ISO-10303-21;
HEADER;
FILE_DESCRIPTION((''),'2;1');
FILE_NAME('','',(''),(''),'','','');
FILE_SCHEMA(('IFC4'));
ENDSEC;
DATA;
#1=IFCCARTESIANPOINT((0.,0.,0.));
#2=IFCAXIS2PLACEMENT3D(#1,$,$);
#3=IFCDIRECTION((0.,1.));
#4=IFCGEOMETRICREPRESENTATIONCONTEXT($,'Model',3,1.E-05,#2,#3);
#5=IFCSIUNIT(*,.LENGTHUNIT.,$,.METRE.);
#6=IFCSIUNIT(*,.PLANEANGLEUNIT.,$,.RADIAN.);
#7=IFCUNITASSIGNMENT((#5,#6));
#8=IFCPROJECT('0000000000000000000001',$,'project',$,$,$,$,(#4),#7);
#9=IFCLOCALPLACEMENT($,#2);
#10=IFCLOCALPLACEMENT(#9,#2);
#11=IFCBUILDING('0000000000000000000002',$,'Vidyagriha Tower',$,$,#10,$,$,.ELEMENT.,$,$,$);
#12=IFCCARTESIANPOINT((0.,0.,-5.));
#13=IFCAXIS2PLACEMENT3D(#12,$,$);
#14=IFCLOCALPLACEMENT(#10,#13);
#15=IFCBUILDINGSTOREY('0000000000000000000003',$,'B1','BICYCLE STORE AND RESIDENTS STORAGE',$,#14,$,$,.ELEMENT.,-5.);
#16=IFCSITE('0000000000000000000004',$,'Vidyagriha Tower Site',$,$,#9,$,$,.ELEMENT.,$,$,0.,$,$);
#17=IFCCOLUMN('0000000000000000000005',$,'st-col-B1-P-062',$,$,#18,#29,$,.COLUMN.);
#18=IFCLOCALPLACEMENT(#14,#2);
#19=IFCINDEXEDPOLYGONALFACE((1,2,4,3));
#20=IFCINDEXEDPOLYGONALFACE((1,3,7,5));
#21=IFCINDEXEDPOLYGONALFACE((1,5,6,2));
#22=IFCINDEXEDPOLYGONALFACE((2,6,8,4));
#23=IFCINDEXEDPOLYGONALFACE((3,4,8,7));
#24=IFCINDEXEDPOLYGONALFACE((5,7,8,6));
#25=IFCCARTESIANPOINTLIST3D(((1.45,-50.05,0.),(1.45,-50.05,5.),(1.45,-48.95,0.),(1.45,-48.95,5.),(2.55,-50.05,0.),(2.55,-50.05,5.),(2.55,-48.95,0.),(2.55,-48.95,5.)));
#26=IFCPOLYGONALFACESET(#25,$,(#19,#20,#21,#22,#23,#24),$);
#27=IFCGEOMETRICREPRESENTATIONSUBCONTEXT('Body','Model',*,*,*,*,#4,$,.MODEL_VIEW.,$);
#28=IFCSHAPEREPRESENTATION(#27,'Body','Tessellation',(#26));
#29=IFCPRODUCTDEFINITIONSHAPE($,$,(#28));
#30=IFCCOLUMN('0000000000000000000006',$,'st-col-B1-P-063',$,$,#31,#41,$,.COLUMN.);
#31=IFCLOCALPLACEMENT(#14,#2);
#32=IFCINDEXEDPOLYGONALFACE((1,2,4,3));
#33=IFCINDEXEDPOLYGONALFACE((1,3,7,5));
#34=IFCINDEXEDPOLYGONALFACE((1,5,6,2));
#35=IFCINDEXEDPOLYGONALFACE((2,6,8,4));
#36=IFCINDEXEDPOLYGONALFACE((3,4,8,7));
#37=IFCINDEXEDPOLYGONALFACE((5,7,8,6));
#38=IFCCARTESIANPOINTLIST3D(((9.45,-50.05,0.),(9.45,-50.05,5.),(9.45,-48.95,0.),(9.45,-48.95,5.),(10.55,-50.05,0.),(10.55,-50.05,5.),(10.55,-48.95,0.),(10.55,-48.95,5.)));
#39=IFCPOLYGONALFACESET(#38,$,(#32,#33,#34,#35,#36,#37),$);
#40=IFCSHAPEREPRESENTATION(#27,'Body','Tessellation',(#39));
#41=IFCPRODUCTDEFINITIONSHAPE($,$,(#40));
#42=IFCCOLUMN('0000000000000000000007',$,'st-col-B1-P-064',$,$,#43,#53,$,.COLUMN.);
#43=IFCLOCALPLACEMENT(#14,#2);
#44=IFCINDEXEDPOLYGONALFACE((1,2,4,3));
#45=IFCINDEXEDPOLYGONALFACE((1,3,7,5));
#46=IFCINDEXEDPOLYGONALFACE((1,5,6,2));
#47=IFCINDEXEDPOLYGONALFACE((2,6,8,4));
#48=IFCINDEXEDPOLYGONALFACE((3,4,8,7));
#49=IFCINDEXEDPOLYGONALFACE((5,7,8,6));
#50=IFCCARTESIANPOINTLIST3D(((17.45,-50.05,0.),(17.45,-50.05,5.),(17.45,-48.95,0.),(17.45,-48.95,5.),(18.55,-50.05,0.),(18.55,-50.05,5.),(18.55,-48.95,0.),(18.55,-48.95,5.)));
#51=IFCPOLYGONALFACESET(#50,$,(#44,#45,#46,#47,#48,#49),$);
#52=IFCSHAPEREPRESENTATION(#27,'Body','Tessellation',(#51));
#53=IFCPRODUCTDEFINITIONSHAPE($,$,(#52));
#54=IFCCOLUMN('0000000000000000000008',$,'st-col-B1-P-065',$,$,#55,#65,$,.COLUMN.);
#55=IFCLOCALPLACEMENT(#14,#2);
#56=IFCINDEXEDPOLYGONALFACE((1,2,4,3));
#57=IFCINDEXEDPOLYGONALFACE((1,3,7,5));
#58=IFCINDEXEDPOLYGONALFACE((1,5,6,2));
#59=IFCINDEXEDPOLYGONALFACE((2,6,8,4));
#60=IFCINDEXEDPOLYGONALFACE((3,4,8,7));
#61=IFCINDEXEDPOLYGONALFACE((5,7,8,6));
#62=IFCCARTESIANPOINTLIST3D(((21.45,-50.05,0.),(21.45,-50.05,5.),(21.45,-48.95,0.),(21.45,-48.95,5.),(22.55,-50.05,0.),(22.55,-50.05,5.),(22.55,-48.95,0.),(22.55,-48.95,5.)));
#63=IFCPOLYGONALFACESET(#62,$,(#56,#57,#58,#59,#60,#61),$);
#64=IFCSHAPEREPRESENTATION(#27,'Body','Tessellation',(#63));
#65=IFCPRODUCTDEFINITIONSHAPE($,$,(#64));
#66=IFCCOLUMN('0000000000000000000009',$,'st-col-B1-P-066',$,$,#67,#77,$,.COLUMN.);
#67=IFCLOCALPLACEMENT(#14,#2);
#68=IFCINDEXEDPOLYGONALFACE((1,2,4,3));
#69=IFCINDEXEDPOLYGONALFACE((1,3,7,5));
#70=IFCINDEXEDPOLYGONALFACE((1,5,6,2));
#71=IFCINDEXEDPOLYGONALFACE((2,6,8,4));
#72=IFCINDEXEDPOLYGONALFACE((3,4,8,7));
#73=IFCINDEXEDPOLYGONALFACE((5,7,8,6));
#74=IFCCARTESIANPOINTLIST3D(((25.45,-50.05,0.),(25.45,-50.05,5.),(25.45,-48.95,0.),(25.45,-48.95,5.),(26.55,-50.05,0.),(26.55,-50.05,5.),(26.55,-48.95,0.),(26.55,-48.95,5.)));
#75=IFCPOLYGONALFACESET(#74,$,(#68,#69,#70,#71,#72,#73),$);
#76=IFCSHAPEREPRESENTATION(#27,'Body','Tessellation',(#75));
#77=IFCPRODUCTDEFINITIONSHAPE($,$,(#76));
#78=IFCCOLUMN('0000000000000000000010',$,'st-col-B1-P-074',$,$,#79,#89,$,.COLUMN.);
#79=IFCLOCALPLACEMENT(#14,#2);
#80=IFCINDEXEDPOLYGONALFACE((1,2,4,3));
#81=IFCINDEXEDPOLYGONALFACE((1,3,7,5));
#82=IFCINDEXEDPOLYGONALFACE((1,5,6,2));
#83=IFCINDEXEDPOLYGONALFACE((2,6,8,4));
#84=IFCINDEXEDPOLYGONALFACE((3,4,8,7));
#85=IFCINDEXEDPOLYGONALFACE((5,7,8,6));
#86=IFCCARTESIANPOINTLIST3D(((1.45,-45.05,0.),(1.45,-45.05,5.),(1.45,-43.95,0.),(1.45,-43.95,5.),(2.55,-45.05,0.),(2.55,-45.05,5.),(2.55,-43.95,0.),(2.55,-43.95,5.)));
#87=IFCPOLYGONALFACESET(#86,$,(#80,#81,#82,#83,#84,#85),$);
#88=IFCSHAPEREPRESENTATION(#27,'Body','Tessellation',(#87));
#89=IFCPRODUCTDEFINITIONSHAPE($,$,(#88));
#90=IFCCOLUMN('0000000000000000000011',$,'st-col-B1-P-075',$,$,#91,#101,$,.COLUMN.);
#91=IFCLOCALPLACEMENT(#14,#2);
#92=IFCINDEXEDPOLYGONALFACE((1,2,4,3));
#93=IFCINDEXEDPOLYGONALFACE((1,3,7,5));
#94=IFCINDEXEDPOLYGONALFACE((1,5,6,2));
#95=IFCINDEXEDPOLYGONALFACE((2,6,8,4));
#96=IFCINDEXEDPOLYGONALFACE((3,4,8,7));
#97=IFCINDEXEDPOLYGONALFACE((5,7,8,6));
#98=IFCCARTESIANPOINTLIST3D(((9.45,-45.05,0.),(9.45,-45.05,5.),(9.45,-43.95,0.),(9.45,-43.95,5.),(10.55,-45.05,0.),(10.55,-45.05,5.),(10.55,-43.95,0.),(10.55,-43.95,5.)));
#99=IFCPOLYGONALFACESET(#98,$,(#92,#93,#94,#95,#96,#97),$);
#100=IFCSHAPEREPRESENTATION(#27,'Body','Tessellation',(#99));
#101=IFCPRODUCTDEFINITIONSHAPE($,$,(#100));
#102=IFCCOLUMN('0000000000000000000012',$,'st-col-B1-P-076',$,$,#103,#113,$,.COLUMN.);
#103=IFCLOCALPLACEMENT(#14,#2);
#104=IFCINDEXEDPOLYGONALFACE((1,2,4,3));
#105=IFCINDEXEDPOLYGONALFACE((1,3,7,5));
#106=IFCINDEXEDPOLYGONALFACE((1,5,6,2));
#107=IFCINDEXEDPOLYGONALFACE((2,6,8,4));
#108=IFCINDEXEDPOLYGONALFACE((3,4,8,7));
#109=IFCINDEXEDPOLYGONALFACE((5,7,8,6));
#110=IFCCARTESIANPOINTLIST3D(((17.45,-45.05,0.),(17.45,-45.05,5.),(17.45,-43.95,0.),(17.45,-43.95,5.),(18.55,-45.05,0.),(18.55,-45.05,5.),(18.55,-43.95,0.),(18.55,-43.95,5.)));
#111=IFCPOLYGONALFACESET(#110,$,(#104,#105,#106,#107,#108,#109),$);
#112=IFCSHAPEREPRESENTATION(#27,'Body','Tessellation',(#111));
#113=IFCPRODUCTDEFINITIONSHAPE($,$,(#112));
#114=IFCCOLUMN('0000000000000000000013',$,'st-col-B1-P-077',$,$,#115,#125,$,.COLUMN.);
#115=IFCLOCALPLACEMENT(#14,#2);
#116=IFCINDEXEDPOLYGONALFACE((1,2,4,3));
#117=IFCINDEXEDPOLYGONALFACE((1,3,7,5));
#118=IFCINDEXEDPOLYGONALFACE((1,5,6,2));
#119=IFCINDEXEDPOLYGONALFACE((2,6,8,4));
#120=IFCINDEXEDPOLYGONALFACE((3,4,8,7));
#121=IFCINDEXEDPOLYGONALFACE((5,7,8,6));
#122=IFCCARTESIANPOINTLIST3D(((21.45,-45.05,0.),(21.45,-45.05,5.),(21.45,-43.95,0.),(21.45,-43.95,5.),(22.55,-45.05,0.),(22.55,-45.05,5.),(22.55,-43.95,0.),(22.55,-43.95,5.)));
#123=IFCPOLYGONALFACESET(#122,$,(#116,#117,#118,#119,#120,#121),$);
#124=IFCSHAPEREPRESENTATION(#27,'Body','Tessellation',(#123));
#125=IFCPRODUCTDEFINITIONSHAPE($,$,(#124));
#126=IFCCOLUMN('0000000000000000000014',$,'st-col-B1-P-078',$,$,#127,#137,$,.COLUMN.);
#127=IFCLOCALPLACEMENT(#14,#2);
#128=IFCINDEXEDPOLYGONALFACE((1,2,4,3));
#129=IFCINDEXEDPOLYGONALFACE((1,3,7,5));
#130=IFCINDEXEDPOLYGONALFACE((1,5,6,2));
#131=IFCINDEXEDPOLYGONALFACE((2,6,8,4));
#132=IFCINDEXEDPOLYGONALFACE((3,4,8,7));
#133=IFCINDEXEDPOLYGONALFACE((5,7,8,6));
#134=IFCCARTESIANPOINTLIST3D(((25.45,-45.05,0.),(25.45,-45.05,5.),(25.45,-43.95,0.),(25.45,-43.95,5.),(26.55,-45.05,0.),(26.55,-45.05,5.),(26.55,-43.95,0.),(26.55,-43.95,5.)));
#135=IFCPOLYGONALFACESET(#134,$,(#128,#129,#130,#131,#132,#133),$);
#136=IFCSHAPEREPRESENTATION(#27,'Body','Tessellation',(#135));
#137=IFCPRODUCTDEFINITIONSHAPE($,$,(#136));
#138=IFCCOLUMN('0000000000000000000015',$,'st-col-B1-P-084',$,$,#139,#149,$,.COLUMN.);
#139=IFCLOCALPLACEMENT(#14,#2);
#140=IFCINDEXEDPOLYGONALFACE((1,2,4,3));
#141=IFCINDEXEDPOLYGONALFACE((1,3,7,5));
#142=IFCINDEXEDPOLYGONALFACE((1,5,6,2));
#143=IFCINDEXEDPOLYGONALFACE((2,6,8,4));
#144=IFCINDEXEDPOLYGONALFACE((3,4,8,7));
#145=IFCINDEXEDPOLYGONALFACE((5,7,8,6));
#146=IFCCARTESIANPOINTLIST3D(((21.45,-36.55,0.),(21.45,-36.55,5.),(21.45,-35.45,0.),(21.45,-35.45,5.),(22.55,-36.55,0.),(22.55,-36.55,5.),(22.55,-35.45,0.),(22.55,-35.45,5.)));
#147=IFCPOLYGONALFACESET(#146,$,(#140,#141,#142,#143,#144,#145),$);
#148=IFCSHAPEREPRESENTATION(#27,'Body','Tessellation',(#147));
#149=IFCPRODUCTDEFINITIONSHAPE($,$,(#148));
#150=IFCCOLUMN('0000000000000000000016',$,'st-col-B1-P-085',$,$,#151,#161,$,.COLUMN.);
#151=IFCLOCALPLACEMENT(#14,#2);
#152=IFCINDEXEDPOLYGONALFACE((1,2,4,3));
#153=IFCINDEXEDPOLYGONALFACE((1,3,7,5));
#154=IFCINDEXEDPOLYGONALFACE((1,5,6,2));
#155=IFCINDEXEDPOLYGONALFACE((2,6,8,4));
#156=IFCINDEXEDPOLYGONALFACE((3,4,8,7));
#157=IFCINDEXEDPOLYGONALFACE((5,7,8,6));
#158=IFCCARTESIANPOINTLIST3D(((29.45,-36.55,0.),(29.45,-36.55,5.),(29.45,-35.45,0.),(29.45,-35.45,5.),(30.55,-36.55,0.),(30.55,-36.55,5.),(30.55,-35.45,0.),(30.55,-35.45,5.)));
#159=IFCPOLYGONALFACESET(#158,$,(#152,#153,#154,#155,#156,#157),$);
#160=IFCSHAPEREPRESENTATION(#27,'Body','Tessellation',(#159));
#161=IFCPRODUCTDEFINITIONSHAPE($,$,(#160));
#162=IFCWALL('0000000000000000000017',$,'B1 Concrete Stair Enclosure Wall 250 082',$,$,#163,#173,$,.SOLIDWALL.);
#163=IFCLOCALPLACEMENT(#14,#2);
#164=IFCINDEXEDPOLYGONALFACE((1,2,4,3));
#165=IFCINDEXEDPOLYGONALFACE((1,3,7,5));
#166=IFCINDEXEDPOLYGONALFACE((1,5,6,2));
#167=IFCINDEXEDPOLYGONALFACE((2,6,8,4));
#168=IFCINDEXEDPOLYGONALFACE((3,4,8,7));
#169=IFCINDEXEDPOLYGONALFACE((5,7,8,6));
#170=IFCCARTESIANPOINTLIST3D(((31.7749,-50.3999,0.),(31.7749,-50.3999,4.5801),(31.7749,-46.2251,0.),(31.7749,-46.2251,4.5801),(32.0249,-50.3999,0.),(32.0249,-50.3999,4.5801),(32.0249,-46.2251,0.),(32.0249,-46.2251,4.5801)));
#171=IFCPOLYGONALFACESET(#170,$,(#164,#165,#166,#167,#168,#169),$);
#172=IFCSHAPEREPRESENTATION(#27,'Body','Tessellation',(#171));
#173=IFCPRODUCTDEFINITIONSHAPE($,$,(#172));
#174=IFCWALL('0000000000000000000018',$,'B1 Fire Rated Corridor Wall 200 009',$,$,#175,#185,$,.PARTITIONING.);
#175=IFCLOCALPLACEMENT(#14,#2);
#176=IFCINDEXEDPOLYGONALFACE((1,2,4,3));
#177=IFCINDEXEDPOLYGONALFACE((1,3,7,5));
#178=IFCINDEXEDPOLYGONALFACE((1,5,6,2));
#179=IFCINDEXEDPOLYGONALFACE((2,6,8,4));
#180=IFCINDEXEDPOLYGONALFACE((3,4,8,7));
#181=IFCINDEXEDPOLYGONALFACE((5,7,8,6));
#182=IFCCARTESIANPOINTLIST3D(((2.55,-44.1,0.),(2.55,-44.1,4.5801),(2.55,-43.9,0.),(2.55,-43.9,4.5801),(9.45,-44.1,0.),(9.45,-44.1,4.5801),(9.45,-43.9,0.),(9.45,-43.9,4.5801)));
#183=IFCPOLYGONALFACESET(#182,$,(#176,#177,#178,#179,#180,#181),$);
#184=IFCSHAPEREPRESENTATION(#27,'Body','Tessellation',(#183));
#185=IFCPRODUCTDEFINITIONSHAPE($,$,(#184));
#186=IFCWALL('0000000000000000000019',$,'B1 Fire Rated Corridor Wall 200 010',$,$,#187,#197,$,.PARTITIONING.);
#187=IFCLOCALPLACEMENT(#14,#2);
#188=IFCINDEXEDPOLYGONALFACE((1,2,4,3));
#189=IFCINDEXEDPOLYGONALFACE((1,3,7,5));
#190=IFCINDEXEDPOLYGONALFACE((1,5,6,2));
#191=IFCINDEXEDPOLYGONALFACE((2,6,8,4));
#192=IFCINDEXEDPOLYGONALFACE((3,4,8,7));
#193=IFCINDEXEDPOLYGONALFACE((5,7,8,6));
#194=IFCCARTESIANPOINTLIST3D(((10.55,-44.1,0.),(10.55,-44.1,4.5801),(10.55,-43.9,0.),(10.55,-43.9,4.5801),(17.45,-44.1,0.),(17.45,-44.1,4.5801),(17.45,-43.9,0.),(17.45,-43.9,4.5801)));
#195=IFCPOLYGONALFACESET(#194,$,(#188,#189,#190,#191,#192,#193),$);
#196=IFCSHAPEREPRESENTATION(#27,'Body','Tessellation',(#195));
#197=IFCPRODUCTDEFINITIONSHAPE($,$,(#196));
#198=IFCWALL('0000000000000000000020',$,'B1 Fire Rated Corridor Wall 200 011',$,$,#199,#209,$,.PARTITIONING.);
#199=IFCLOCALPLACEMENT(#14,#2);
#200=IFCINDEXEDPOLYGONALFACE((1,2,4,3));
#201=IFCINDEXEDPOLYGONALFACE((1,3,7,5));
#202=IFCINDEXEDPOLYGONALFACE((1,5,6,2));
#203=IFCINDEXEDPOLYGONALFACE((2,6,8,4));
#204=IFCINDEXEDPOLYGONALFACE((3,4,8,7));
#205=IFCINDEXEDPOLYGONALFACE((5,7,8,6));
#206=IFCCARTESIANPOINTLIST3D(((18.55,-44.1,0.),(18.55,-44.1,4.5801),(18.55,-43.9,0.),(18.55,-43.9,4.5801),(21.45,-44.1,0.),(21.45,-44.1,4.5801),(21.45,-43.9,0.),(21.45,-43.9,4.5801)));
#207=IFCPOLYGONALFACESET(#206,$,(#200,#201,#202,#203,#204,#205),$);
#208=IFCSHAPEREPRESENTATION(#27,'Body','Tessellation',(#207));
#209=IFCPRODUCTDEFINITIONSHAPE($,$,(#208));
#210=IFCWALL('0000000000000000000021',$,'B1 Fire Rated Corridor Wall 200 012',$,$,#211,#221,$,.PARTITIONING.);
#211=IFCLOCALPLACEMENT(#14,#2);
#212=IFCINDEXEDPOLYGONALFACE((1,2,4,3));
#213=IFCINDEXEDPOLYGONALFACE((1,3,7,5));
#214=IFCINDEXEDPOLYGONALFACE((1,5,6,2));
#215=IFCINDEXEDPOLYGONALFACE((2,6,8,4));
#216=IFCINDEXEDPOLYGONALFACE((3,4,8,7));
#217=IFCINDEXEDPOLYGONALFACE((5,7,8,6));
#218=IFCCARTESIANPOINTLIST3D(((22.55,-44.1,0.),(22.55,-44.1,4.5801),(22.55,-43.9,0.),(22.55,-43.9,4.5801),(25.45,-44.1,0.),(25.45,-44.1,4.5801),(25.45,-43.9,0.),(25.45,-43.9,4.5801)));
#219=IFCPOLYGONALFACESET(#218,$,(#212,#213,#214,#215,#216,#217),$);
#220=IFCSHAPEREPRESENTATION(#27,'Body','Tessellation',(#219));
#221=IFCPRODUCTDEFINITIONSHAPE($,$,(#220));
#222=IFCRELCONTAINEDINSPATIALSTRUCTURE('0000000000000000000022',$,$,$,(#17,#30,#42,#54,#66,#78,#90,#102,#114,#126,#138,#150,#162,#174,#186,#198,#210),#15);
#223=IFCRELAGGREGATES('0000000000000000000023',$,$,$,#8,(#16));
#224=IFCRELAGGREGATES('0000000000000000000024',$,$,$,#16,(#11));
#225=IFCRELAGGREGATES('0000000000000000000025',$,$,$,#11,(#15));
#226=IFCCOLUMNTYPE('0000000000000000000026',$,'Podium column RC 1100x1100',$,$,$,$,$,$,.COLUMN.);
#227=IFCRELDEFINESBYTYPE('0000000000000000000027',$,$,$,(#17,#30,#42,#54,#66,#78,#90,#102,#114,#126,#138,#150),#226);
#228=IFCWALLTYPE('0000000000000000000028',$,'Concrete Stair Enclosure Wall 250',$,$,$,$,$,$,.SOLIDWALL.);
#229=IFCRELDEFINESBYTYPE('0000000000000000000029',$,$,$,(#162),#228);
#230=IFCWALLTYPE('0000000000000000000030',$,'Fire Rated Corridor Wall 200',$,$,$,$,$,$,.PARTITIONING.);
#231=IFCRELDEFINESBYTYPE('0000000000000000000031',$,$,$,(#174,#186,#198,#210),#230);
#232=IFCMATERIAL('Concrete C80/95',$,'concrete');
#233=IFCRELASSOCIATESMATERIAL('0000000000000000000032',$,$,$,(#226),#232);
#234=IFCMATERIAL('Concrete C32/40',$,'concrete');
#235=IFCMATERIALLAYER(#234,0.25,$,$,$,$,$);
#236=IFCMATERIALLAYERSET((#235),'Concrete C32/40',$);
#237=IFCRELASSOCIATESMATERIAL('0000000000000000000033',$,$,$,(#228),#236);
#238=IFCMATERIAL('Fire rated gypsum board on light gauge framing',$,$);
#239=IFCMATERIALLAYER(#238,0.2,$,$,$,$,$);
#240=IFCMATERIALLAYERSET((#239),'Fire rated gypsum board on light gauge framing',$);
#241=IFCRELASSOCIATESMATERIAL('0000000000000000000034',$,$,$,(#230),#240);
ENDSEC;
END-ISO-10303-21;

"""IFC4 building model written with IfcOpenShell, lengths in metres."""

from ifc_helpers import new_model, si_unit, direction, frame, frame_2d, origin, origin_2d, place, context, subcontext, project, spatial, rectangle, extrude, material, layer, layer_set, material_profile, profile_set, type_object, element, save


model = new_model("IFC4")

# Units and contexts
model_context = context("Model", 3, precision=1e-05, world=origin(), true_north=direction((0.0, 1.0)))
body_context = subcontext(model_context, "Body", "Model", "MODEL_VIEW")
ifc_project = project(units=[si_unit("LENGTHUNIT", "METRE"), si_unit("PLANEANGLEUNIT", "RADIAN")], contexts=[model_context])

# Site, building, storey
site_placement = place(None, origin())
site = spatial("IfcSite", under=ifc_project, at=site_placement, Name="Vidyagriha Tower Site", CompositionType="ELEMENT", RefElevation=0.0)
building_placement = place(site_placement, origin())
building = spatial("IfcBuilding", under=site, at=building_placement, Name="Vidyagriha Tower", CompositionType="ELEMENT")
storey_placement = place(building_placement, frame((0.0, 0.0, -5.0)))
storey = spatial("IfcBuildingStorey", under=building, at=storey_placement, Name="B1", Description="BICYCLE STORE AND RESIDENTS STORAGE", CompositionType="ELEMENT", Elevation=-5.0)

# Columns
ifc_material_1 = material(Name="Concrete C80/95", Category="concrete")
ifc_material_profile = material_profile(ifc_material_1, rectangle(XDim=1.1001, YDim=1.1001, at=origin_2d()), Name="RC 1100x1100")
ifc_profile_set = profile_set([ifc_material_profile], Name="Concrete C80/95")
column_type = type_object("IfcColumnType", Name="Podium column RC 1100x1100", PredefinedType="COLUMN", material=ifc_profile_set)
for number, where, name in (
    (1, (2.0, -49.5, 0.0), "st-col-B1-P-062"),
    (2, (10.0, -49.5, 0.0), "st-col-B1-P-063"),
    (3, (18.0, -49.5, 0.0), "st-col-B1-P-064"),
    (4, (22.0, -49.5, 0.0), "st-col-B1-P-065"),
    (5, (26.0, -49.5, 0.0), "st-col-B1-P-066"),
    (6, (2.0, -44.5, 0.0), "st-col-B1-P-074"),
    (7, (10.0, -44.5, 0.0), "st-col-B1-P-075"),
    (8, (18.0, -44.5, 0.0), "st-col-B1-P-076"),
    (9, (22.0, -44.5, 0.0), "st-col-B1-P-077"),
    (10, (26.0, -44.5, 0.0), "st-col-B1-P-078"),
    (11, (22.0, -36.0, 0.0), "st-col-B1-P-084"),
    (12, (30.0, -36.0, 0.0), "st-col-B1-P-085"),
):
    element("IfcColumn", number, at=place(storey_placement, frame(where)), inside=storey, type_object=column_type, Name=name, PredefinedType="COLUMN", context=body_context, shape_type="SweptSolid", body=[
        extrude(rectangle(XDim=1.1001, YDim=1.1001, at=origin_2d()), origin(), (0.0, 0.0, 1.0), 5.0),
    ])

# Walls
ifc_material_2 = material(Name="Concrete C32/40", Category="concrete")
ifc_layer_1 = layer(ifc_material_2, 0.25)
ifc_layer_set_1 = layer_set([ifc_layer_1], Name="Concrete C32/40")
wall_type_1 = type_object("IfcWallType", Name="Concrete Stair Enclosure Wall 250", PredefinedType="SOLIDWALL", material=ifc_layer_set_1)
wall_1_placement = place(storey_placement, frame((31.8999, -50.3999, 0.0), z_axis=(0.0, 0.0, 1.0), x_axis=(0.0, 1.0, 0.0)))
element("IfcWall", 13, at=wall_1_placement, inside=storey, type_object=wall_type_1, Name="B1 Concrete Stair Enclosure Wall 250 082", PredefinedType="SOLIDWALL", context=body_context, shape_type="SweptSolid", body=[
    extrude(rectangle(XDim=4.1748, YDim=0.25, at=frame_2d((2.0874, 0.0))), origin(), (0.0, 0.0, 1.0), 4.5801),
])
ifc_material_3 = material(Name="Fire rated gypsum board on light gauge framing")
ifc_layer_2 = layer(ifc_material_3, 0.2)
ifc_layer_set_2 = layer_set([ifc_layer_2], Name="Fire rated gypsum board on light gauge framing")
wall_type_2 = type_object("IfcWallType", Name="Fire Rated Corridor Wall 200", PredefinedType="PARTITIONING", material=ifc_layer_set_2)
for number, where, name in (
    (14, (2.55, -44.0, 0.0), "B1 Fire Rated Corridor Wall 200 009"),
    (15, (10.55, -44.0, 0.0), "B1 Fire Rated Corridor Wall 200 010"),
):
    element("IfcWall", number, at=place(storey_placement, frame(where)), inside=storey, type_object=wall_type_2, Name=name, PredefinedType="PARTITIONING", context=body_context, shape_type="SweptSolid", body=[
        extrude(rectangle(XDim=6.8999, YDim=0.2, at=frame_2d((3.45, 0.0))), origin(), (0.0, 0.0, 1.0), 4.5801),
    ])
for number, where, name in (
    (16, (18.55, -44.0, 0.0), "B1 Fire Rated Corridor Wall 200 011"),
    (17, (22.55, -44.0, 0.0), "B1 Fire Rated Corridor Wall 200 012"),
):
    element("IfcWall", number, at=place(storey_placement, frame(where)), inside=storey, type_object=wall_type_2, Name=name, PredefinedType="PARTITIONING", context=body_context, shape_type="SweptSolid", body=[
        extrude(rectangle(XDim=2.8999, YDim=0.2, at=frame_2d((1.45, 0.0))), origin(), (0.0, 0.0, 1.0), 4.5801),
    ])

save(model, "model.ifc")
